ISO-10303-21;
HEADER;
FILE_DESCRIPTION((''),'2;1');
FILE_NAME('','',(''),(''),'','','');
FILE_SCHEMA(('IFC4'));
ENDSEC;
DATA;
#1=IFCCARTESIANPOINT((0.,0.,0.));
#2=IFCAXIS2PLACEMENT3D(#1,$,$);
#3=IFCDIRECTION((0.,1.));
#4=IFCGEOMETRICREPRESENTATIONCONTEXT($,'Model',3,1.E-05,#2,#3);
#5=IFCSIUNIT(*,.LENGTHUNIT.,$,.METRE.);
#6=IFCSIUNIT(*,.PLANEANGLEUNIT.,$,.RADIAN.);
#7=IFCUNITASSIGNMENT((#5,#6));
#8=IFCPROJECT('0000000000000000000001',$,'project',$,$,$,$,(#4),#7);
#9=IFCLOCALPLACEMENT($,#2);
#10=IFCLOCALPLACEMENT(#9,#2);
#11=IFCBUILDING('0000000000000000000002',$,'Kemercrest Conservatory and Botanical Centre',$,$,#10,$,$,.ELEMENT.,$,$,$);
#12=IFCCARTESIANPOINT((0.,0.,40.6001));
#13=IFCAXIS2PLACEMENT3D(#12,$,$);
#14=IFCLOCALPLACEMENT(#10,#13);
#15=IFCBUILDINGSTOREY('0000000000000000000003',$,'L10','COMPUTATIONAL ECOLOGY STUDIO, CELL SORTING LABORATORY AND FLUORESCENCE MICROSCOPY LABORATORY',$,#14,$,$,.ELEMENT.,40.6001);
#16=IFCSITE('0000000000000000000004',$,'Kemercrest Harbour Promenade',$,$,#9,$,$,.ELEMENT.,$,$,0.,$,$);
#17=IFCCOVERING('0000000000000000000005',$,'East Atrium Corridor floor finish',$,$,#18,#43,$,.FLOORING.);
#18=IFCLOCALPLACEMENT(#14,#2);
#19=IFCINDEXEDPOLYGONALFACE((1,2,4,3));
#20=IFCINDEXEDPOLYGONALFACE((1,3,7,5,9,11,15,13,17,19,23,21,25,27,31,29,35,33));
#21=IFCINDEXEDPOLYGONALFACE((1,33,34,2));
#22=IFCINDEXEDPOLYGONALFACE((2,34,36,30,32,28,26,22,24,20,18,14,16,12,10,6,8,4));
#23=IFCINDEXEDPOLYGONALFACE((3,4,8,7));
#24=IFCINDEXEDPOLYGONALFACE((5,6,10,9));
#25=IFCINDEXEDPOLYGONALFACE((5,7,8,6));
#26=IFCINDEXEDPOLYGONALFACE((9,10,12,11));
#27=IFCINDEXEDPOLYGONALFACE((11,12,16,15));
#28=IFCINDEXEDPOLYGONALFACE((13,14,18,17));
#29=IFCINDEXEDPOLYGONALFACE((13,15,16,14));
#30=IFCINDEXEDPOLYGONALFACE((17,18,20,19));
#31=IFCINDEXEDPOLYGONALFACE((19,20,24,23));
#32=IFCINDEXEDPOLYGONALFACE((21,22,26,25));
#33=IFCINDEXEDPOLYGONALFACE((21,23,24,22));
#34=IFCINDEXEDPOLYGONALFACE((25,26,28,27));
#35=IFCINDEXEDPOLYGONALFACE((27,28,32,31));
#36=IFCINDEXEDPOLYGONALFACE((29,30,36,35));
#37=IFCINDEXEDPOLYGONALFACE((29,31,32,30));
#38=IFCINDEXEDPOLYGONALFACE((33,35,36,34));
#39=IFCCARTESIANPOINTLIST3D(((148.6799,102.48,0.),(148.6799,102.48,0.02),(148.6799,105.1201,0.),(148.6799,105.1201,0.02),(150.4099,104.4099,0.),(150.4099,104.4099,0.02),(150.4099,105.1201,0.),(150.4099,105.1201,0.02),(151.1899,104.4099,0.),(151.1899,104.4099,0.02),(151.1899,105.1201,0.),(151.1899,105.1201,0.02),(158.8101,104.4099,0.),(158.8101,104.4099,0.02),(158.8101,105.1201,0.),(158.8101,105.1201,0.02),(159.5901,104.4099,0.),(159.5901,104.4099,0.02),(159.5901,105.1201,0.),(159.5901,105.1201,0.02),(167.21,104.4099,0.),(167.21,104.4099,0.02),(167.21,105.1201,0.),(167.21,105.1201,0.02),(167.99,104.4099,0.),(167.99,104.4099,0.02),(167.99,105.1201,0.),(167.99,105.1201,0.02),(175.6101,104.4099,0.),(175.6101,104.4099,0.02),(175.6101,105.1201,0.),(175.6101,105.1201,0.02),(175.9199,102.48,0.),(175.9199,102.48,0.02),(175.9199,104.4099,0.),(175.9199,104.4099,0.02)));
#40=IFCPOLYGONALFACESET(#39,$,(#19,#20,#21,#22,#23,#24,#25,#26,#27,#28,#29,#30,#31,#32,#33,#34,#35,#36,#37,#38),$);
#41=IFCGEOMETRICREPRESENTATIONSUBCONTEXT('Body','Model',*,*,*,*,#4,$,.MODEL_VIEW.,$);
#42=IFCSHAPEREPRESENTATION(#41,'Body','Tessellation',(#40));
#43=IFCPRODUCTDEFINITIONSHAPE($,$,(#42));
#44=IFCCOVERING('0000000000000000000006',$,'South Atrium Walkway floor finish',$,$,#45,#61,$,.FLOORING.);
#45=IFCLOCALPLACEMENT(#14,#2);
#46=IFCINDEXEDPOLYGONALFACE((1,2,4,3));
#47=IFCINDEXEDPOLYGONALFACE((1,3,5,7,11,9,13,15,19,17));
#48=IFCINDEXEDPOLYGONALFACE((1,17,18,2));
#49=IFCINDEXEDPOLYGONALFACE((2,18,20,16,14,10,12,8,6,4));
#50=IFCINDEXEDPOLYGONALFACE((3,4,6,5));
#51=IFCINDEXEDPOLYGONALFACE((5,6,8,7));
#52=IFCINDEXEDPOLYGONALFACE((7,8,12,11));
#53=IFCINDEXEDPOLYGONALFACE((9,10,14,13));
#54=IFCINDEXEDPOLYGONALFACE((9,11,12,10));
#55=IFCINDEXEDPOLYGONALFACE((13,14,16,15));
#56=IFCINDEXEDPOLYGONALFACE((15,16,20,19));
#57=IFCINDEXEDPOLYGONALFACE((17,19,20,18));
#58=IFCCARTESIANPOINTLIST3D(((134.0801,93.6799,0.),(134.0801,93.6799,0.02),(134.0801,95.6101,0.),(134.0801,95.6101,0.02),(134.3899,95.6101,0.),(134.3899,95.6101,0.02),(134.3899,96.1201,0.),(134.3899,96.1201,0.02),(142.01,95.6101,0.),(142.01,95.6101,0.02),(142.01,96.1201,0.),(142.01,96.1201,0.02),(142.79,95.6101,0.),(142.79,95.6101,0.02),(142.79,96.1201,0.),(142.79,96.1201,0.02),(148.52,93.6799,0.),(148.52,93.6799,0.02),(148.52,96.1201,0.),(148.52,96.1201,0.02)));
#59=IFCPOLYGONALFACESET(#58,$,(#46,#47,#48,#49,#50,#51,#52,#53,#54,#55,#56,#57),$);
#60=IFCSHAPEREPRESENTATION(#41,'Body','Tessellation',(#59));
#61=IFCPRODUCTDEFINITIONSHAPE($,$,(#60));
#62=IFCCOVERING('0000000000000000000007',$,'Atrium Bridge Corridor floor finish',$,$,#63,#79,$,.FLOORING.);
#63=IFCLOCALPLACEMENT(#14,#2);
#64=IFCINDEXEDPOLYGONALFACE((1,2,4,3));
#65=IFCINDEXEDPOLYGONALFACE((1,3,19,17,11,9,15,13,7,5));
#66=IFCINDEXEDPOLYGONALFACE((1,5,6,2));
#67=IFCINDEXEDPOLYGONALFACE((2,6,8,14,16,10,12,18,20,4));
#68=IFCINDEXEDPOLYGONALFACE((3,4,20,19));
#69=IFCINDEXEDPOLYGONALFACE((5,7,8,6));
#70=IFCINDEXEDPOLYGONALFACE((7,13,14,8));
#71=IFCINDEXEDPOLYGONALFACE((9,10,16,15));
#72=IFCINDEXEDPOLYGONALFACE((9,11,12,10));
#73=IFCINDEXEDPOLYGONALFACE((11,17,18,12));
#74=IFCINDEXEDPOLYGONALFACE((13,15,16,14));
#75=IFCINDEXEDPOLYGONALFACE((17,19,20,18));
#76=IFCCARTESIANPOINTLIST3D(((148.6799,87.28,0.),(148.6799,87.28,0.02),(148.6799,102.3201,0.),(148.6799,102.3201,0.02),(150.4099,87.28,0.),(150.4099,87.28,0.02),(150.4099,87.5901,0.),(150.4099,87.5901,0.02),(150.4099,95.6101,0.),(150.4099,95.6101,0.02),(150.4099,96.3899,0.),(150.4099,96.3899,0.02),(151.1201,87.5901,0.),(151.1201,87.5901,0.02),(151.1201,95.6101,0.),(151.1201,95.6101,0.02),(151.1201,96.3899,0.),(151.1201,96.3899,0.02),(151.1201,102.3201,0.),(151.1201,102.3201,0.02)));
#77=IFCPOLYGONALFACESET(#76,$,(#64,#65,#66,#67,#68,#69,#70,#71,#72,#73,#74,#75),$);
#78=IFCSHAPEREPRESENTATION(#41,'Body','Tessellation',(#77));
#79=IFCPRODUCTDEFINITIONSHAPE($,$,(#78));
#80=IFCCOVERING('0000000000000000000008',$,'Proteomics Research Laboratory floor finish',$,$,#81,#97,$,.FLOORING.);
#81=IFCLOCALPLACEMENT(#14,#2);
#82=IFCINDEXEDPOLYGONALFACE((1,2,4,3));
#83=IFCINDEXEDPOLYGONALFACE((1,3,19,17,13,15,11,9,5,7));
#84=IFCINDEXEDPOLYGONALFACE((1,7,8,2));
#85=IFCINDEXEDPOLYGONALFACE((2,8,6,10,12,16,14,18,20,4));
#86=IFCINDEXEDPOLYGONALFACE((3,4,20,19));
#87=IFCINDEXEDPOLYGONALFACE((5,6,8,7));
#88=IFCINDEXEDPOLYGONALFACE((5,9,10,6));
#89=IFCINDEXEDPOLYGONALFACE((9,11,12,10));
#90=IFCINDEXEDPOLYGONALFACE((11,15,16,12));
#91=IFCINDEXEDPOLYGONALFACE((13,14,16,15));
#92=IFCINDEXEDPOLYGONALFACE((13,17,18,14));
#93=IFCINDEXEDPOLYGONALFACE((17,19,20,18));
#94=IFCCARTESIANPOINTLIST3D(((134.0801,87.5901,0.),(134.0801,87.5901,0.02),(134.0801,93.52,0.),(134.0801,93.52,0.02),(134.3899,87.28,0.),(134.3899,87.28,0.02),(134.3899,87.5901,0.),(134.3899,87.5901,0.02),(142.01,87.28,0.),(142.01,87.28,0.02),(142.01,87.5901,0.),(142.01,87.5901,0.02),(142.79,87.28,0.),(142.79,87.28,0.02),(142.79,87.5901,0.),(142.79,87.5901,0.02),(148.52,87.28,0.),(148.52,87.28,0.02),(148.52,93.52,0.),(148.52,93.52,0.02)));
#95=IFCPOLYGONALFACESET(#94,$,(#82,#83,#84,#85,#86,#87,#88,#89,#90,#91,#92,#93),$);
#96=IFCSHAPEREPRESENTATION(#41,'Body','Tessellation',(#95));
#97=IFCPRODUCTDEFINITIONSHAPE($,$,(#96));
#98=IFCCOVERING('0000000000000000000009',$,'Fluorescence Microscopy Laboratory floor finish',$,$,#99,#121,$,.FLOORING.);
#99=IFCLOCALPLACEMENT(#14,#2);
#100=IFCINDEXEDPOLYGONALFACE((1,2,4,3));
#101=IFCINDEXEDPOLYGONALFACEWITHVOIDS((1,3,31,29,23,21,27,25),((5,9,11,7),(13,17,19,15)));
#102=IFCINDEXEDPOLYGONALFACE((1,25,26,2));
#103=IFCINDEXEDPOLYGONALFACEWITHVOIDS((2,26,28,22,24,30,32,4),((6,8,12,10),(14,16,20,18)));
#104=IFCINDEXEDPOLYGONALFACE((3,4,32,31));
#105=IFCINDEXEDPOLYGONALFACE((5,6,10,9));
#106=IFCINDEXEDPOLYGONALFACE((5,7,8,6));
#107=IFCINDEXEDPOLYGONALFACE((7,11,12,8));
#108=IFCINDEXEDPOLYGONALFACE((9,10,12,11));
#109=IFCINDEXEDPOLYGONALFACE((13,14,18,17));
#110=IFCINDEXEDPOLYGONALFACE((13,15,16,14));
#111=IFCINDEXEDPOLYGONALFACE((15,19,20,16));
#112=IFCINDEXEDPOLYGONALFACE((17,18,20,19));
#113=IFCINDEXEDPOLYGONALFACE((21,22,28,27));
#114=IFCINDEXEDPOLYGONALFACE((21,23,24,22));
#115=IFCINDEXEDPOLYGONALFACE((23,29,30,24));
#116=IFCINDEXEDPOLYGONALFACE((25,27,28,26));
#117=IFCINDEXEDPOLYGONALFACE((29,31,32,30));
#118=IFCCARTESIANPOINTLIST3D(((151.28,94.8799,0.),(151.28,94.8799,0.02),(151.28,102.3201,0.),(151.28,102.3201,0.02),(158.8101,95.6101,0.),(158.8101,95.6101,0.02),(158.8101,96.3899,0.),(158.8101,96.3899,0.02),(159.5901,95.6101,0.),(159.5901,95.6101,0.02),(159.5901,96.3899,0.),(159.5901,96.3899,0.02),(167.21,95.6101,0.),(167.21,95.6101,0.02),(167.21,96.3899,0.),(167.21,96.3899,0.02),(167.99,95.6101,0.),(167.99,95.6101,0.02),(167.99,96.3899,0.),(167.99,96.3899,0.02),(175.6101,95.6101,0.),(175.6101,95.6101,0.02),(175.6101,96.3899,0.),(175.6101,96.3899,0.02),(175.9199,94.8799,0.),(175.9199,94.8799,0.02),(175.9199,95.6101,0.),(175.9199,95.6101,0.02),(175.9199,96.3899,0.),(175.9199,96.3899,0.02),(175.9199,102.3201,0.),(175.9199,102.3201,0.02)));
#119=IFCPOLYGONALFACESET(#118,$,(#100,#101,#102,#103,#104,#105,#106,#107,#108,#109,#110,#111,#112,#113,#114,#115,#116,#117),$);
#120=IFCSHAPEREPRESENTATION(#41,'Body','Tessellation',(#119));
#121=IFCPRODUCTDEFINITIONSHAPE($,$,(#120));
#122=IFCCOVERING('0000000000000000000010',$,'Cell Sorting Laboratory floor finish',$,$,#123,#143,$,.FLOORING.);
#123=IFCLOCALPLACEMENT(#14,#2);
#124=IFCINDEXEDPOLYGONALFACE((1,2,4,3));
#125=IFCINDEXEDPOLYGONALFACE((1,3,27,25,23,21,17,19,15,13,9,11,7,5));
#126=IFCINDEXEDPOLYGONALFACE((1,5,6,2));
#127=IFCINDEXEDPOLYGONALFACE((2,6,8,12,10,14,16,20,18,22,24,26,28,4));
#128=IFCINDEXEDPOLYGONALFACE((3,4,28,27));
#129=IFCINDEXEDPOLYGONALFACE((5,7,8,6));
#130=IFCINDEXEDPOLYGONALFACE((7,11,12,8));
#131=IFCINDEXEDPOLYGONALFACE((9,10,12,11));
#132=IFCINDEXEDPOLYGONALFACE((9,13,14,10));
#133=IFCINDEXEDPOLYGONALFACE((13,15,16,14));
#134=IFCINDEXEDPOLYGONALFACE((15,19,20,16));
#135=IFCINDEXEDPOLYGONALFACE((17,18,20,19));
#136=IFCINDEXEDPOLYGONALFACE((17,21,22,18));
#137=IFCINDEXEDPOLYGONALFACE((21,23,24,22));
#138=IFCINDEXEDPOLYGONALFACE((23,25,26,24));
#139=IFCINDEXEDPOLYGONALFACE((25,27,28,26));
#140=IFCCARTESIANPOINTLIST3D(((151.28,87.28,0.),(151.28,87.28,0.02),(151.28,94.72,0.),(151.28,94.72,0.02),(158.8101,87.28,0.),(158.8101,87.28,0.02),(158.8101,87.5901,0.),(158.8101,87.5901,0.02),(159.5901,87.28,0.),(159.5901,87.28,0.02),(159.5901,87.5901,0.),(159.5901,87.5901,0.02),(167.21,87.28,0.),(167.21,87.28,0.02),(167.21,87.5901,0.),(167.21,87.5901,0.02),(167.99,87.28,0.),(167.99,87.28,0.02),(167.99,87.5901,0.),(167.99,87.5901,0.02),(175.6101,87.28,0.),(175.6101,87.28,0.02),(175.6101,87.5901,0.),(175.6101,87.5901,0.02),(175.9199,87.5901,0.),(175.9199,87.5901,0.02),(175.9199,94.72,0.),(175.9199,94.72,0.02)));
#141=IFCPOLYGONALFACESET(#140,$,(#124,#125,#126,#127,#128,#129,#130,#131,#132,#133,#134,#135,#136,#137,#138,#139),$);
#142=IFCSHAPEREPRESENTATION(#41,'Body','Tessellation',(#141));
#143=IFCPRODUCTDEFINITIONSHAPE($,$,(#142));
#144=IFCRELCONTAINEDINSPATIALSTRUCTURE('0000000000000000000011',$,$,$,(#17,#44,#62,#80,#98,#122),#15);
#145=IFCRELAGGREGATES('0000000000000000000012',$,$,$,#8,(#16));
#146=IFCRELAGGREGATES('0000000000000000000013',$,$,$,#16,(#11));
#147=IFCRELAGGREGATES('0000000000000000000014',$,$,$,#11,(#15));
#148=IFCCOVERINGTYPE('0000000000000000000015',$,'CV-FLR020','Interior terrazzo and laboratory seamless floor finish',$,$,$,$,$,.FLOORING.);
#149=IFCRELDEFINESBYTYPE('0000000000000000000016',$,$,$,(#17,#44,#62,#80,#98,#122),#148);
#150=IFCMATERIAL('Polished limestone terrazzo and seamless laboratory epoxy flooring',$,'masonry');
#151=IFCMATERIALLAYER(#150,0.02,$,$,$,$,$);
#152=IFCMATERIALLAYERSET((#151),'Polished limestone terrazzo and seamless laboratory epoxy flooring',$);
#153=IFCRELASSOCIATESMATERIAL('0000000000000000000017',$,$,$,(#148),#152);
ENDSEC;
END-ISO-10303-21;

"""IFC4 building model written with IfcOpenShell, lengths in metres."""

from ifc_helpers import new_model, si_unit, direction, frame, origin, place, context, subcontext, project, spatial, polyline, outline, extrude, material, layer, layer_set, type_object, element, save


model = new_model("IFC4")

# Units and contexts
model_context = context("Model", 3, precision=1e-05, world=origin(), true_north=direction((0.0, 1.0)))
body_context = subcontext(model_context, "Body", "Model", "MODEL_VIEW")
ifc_project = project(units=[si_unit("LENGTHUNIT", "METRE"), si_unit("PLANEANGLEUNIT", "RADIAN")], contexts=[model_context])

# Site, building, storey
site_placement = place(None, origin())
site = spatial("IfcSite", under=ifc_project, at=site_placement, Name="Kemercrest Harbour Promenade", CompositionType="ELEMENT", RefElevation=0.0)
building_placement = place(site_placement, origin())
building = spatial("IfcBuilding", under=site, at=building_placement, Name="Kemercrest Conservatory and Botanical Centre", CompositionType="ELEMENT")
storey_placement = place(building_placement, frame((0.0, 0.0, 40.6001)))
storey = spatial("IfcBuildingStorey", under=building, at=storey_placement, Name="L10", Description="COMPUTATIONAL ECOLOGY STUDIO, CELL SORTING LABORATORY AND FLUORESCENCE MICROSCOPY LABORATORY", CompositionType="ELEMENT", Elevation=40.6001)

# Coverings
ifc_material_1 = material(Name="Polished limestone terrazzo and seamless laboratory epoxy flooring", Category="masonry")
ifc_layer_1 = layer(ifc_material_1, 0.02)
ifc_layer_set_1 = layer_set([ifc_layer_1], Name="Polished limestone terrazzo and seamless laboratory epoxy flooring")
covering_type_1 = type_object("IfcCoveringType", Name="CV-FLR020", Description="Interior terrazzo and laboratory seamless floor finish", PredefinedType="FLOORING", material=ifc_layer_set_1)
covering_1_placement = place(storey_placement, origin())
element("IfcCovering", 1, at=covering_1_placement, inside=storey, type_object=covering_type_1, Name="East Atrium Corridor floor finish", PredefinedType="FLOORING", context=body_context, shape_type="SweptSolid", body=[
    extrude(outline(polyline([(148.6799, 102.48), (175.9199, 102.48), (175.9199, 104.4099), (175.6101, 104.4099), (175.6101, 105.1201), (167.99, 105.1201), (167.99, 104.4099), (167.21, 104.4099), (167.21, 105.1201), (159.5901, 105.1201), (159.5901, 104.4099), (158.8101, 104.4099), (158.8101, 105.1201), (151.1899, 105.1201), (151.1899, 104.4099), (150.4099, 104.4099), (150.4099, 105.1201), (148.6799, 105.1201), (148.6799, 102.48)])), origin(), (0.0, 0.0, 1.0), 0.02),
])
covering_2_placement = place(storey_placement, origin())
element("IfcCovering", 2, at=covering_2_placement, inside=storey, type_object=covering_type_1, Name="South Atrium Walkway floor finish", PredefinedType="FLOORING", context=body_context, shape_type="SweptSolid", body=[
    extrude(outline(polyline([(134.0801, 93.6799), (148.52, 93.6799), (148.52, 96.1201), (142.79, 96.1201), (142.79, 95.6101), (142.01, 95.6101), (142.01, 96.1201), (134.3899, 96.1201), (134.3899, 95.6101), (134.0801, 95.6101), (134.0801, 93.6799)])), origin(), (0.0, 0.0, 1.0), 0.02),
])
covering_3_placement = place(storey_placement, origin())
element("IfcCovering", 3, at=covering_3_placement, inside=storey, type_object=covering_type_1, Name="Atrium Bridge Corridor floor finish", PredefinedType="FLOORING", context=body_context, shape_type="SweptSolid", body=[
    extrude(outline(polyline([(148.6799, 87.28), (150.4099, 87.28), (150.4099, 87.5901), (151.1201, 87.5901), (151.1201, 95.6101), (150.4099, 95.6101), (150.4099, 96.3899), (151.1201, 96.3899), (151.1201, 102.3201), (148.6799, 102.3201), (148.6799, 87.28)])), origin(), (0.0, 0.0, 1.0), 0.02),
])
covering_4_placement = place(storey_placement, origin())
element("IfcCovering", 4, at=covering_4_placement, inside=storey, type_object=covering_type_1, Name="Proteomics Research Laboratory floor finish", PredefinedType="FLOORING", context=body_context, shape_type="SweptSolid", body=[
    extrude(outline(polyline([(142.79, 87.28), (148.52, 87.28), (148.52, 93.52), (134.0801, 93.52), (134.0801, 87.5901), (134.3899, 87.5901), (134.3899, 87.28), (142.01, 87.28), (142.01, 87.5901), (142.79, 87.5901), (142.79, 87.28)])), origin(), (0.0, 0.0, 1.0), 0.02),
])
covering_5_placement = place(storey_placement, origin())
element("IfcCovering", 5, at=covering_5_placement, inside=storey, type_object=covering_type_1, Name="Fluorescence Microscopy Laboratory floor finish", PredefinedType="FLOORING", context=body_context, shape_type="SweptSolid", body=[
    extrude(outline(polyline([(175.9199, 102.3201), (151.28, 102.3201), (151.28, 94.8799), (175.9199, 94.8799), (175.9199, 95.6101), (175.6101, 95.6101), (175.6101, 96.3899), (175.9199, 96.3899), (175.9199, 102.3201)]), holes=[polyline([(167.21, 96.3899), (167.99, 96.3899), (167.99, 95.6101), (167.21, 95.6101), (167.21, 96.3899)]), polyline([(158.8101, 96.3899), (159.5901, 96.3899), (159.5901, 95.6101), (158.8101, 95.6101), (158.8101, 96.3899)])]), origin(), (0.0, 0.0, 1.0), 0.02),
])
covering_6_placement = place(storey_placement, origin())
element("IfcCovering", 6, at=covering_6_placement, inside=storey, type_object=covering_type_1, Name="Cell Sorting Laboratory floor finish", PredefinedType="FLOORING", context=body_context, shape_type="SweptSolid", body=[
    extrude(outline(polyline([(167.99, 87.28), (175.6101, 87.28), (175.6101, 87.5901), (175.9199, 87.5901), (175.9199, 94.72), (151.28, 94.72), (151.28, 87.28), (158.8101, 87.28), (158.8101, 87.5901), (159.5901, 87.5901), (159.5901, 87.28), (167.21, 87.28), (167.21, 87.5901), (167.99, 87.5901), (167.99, 87.28)])), origin(), (0.0, 0.0, 1.0), 0.02),
])

save(model, "model.ifc")
